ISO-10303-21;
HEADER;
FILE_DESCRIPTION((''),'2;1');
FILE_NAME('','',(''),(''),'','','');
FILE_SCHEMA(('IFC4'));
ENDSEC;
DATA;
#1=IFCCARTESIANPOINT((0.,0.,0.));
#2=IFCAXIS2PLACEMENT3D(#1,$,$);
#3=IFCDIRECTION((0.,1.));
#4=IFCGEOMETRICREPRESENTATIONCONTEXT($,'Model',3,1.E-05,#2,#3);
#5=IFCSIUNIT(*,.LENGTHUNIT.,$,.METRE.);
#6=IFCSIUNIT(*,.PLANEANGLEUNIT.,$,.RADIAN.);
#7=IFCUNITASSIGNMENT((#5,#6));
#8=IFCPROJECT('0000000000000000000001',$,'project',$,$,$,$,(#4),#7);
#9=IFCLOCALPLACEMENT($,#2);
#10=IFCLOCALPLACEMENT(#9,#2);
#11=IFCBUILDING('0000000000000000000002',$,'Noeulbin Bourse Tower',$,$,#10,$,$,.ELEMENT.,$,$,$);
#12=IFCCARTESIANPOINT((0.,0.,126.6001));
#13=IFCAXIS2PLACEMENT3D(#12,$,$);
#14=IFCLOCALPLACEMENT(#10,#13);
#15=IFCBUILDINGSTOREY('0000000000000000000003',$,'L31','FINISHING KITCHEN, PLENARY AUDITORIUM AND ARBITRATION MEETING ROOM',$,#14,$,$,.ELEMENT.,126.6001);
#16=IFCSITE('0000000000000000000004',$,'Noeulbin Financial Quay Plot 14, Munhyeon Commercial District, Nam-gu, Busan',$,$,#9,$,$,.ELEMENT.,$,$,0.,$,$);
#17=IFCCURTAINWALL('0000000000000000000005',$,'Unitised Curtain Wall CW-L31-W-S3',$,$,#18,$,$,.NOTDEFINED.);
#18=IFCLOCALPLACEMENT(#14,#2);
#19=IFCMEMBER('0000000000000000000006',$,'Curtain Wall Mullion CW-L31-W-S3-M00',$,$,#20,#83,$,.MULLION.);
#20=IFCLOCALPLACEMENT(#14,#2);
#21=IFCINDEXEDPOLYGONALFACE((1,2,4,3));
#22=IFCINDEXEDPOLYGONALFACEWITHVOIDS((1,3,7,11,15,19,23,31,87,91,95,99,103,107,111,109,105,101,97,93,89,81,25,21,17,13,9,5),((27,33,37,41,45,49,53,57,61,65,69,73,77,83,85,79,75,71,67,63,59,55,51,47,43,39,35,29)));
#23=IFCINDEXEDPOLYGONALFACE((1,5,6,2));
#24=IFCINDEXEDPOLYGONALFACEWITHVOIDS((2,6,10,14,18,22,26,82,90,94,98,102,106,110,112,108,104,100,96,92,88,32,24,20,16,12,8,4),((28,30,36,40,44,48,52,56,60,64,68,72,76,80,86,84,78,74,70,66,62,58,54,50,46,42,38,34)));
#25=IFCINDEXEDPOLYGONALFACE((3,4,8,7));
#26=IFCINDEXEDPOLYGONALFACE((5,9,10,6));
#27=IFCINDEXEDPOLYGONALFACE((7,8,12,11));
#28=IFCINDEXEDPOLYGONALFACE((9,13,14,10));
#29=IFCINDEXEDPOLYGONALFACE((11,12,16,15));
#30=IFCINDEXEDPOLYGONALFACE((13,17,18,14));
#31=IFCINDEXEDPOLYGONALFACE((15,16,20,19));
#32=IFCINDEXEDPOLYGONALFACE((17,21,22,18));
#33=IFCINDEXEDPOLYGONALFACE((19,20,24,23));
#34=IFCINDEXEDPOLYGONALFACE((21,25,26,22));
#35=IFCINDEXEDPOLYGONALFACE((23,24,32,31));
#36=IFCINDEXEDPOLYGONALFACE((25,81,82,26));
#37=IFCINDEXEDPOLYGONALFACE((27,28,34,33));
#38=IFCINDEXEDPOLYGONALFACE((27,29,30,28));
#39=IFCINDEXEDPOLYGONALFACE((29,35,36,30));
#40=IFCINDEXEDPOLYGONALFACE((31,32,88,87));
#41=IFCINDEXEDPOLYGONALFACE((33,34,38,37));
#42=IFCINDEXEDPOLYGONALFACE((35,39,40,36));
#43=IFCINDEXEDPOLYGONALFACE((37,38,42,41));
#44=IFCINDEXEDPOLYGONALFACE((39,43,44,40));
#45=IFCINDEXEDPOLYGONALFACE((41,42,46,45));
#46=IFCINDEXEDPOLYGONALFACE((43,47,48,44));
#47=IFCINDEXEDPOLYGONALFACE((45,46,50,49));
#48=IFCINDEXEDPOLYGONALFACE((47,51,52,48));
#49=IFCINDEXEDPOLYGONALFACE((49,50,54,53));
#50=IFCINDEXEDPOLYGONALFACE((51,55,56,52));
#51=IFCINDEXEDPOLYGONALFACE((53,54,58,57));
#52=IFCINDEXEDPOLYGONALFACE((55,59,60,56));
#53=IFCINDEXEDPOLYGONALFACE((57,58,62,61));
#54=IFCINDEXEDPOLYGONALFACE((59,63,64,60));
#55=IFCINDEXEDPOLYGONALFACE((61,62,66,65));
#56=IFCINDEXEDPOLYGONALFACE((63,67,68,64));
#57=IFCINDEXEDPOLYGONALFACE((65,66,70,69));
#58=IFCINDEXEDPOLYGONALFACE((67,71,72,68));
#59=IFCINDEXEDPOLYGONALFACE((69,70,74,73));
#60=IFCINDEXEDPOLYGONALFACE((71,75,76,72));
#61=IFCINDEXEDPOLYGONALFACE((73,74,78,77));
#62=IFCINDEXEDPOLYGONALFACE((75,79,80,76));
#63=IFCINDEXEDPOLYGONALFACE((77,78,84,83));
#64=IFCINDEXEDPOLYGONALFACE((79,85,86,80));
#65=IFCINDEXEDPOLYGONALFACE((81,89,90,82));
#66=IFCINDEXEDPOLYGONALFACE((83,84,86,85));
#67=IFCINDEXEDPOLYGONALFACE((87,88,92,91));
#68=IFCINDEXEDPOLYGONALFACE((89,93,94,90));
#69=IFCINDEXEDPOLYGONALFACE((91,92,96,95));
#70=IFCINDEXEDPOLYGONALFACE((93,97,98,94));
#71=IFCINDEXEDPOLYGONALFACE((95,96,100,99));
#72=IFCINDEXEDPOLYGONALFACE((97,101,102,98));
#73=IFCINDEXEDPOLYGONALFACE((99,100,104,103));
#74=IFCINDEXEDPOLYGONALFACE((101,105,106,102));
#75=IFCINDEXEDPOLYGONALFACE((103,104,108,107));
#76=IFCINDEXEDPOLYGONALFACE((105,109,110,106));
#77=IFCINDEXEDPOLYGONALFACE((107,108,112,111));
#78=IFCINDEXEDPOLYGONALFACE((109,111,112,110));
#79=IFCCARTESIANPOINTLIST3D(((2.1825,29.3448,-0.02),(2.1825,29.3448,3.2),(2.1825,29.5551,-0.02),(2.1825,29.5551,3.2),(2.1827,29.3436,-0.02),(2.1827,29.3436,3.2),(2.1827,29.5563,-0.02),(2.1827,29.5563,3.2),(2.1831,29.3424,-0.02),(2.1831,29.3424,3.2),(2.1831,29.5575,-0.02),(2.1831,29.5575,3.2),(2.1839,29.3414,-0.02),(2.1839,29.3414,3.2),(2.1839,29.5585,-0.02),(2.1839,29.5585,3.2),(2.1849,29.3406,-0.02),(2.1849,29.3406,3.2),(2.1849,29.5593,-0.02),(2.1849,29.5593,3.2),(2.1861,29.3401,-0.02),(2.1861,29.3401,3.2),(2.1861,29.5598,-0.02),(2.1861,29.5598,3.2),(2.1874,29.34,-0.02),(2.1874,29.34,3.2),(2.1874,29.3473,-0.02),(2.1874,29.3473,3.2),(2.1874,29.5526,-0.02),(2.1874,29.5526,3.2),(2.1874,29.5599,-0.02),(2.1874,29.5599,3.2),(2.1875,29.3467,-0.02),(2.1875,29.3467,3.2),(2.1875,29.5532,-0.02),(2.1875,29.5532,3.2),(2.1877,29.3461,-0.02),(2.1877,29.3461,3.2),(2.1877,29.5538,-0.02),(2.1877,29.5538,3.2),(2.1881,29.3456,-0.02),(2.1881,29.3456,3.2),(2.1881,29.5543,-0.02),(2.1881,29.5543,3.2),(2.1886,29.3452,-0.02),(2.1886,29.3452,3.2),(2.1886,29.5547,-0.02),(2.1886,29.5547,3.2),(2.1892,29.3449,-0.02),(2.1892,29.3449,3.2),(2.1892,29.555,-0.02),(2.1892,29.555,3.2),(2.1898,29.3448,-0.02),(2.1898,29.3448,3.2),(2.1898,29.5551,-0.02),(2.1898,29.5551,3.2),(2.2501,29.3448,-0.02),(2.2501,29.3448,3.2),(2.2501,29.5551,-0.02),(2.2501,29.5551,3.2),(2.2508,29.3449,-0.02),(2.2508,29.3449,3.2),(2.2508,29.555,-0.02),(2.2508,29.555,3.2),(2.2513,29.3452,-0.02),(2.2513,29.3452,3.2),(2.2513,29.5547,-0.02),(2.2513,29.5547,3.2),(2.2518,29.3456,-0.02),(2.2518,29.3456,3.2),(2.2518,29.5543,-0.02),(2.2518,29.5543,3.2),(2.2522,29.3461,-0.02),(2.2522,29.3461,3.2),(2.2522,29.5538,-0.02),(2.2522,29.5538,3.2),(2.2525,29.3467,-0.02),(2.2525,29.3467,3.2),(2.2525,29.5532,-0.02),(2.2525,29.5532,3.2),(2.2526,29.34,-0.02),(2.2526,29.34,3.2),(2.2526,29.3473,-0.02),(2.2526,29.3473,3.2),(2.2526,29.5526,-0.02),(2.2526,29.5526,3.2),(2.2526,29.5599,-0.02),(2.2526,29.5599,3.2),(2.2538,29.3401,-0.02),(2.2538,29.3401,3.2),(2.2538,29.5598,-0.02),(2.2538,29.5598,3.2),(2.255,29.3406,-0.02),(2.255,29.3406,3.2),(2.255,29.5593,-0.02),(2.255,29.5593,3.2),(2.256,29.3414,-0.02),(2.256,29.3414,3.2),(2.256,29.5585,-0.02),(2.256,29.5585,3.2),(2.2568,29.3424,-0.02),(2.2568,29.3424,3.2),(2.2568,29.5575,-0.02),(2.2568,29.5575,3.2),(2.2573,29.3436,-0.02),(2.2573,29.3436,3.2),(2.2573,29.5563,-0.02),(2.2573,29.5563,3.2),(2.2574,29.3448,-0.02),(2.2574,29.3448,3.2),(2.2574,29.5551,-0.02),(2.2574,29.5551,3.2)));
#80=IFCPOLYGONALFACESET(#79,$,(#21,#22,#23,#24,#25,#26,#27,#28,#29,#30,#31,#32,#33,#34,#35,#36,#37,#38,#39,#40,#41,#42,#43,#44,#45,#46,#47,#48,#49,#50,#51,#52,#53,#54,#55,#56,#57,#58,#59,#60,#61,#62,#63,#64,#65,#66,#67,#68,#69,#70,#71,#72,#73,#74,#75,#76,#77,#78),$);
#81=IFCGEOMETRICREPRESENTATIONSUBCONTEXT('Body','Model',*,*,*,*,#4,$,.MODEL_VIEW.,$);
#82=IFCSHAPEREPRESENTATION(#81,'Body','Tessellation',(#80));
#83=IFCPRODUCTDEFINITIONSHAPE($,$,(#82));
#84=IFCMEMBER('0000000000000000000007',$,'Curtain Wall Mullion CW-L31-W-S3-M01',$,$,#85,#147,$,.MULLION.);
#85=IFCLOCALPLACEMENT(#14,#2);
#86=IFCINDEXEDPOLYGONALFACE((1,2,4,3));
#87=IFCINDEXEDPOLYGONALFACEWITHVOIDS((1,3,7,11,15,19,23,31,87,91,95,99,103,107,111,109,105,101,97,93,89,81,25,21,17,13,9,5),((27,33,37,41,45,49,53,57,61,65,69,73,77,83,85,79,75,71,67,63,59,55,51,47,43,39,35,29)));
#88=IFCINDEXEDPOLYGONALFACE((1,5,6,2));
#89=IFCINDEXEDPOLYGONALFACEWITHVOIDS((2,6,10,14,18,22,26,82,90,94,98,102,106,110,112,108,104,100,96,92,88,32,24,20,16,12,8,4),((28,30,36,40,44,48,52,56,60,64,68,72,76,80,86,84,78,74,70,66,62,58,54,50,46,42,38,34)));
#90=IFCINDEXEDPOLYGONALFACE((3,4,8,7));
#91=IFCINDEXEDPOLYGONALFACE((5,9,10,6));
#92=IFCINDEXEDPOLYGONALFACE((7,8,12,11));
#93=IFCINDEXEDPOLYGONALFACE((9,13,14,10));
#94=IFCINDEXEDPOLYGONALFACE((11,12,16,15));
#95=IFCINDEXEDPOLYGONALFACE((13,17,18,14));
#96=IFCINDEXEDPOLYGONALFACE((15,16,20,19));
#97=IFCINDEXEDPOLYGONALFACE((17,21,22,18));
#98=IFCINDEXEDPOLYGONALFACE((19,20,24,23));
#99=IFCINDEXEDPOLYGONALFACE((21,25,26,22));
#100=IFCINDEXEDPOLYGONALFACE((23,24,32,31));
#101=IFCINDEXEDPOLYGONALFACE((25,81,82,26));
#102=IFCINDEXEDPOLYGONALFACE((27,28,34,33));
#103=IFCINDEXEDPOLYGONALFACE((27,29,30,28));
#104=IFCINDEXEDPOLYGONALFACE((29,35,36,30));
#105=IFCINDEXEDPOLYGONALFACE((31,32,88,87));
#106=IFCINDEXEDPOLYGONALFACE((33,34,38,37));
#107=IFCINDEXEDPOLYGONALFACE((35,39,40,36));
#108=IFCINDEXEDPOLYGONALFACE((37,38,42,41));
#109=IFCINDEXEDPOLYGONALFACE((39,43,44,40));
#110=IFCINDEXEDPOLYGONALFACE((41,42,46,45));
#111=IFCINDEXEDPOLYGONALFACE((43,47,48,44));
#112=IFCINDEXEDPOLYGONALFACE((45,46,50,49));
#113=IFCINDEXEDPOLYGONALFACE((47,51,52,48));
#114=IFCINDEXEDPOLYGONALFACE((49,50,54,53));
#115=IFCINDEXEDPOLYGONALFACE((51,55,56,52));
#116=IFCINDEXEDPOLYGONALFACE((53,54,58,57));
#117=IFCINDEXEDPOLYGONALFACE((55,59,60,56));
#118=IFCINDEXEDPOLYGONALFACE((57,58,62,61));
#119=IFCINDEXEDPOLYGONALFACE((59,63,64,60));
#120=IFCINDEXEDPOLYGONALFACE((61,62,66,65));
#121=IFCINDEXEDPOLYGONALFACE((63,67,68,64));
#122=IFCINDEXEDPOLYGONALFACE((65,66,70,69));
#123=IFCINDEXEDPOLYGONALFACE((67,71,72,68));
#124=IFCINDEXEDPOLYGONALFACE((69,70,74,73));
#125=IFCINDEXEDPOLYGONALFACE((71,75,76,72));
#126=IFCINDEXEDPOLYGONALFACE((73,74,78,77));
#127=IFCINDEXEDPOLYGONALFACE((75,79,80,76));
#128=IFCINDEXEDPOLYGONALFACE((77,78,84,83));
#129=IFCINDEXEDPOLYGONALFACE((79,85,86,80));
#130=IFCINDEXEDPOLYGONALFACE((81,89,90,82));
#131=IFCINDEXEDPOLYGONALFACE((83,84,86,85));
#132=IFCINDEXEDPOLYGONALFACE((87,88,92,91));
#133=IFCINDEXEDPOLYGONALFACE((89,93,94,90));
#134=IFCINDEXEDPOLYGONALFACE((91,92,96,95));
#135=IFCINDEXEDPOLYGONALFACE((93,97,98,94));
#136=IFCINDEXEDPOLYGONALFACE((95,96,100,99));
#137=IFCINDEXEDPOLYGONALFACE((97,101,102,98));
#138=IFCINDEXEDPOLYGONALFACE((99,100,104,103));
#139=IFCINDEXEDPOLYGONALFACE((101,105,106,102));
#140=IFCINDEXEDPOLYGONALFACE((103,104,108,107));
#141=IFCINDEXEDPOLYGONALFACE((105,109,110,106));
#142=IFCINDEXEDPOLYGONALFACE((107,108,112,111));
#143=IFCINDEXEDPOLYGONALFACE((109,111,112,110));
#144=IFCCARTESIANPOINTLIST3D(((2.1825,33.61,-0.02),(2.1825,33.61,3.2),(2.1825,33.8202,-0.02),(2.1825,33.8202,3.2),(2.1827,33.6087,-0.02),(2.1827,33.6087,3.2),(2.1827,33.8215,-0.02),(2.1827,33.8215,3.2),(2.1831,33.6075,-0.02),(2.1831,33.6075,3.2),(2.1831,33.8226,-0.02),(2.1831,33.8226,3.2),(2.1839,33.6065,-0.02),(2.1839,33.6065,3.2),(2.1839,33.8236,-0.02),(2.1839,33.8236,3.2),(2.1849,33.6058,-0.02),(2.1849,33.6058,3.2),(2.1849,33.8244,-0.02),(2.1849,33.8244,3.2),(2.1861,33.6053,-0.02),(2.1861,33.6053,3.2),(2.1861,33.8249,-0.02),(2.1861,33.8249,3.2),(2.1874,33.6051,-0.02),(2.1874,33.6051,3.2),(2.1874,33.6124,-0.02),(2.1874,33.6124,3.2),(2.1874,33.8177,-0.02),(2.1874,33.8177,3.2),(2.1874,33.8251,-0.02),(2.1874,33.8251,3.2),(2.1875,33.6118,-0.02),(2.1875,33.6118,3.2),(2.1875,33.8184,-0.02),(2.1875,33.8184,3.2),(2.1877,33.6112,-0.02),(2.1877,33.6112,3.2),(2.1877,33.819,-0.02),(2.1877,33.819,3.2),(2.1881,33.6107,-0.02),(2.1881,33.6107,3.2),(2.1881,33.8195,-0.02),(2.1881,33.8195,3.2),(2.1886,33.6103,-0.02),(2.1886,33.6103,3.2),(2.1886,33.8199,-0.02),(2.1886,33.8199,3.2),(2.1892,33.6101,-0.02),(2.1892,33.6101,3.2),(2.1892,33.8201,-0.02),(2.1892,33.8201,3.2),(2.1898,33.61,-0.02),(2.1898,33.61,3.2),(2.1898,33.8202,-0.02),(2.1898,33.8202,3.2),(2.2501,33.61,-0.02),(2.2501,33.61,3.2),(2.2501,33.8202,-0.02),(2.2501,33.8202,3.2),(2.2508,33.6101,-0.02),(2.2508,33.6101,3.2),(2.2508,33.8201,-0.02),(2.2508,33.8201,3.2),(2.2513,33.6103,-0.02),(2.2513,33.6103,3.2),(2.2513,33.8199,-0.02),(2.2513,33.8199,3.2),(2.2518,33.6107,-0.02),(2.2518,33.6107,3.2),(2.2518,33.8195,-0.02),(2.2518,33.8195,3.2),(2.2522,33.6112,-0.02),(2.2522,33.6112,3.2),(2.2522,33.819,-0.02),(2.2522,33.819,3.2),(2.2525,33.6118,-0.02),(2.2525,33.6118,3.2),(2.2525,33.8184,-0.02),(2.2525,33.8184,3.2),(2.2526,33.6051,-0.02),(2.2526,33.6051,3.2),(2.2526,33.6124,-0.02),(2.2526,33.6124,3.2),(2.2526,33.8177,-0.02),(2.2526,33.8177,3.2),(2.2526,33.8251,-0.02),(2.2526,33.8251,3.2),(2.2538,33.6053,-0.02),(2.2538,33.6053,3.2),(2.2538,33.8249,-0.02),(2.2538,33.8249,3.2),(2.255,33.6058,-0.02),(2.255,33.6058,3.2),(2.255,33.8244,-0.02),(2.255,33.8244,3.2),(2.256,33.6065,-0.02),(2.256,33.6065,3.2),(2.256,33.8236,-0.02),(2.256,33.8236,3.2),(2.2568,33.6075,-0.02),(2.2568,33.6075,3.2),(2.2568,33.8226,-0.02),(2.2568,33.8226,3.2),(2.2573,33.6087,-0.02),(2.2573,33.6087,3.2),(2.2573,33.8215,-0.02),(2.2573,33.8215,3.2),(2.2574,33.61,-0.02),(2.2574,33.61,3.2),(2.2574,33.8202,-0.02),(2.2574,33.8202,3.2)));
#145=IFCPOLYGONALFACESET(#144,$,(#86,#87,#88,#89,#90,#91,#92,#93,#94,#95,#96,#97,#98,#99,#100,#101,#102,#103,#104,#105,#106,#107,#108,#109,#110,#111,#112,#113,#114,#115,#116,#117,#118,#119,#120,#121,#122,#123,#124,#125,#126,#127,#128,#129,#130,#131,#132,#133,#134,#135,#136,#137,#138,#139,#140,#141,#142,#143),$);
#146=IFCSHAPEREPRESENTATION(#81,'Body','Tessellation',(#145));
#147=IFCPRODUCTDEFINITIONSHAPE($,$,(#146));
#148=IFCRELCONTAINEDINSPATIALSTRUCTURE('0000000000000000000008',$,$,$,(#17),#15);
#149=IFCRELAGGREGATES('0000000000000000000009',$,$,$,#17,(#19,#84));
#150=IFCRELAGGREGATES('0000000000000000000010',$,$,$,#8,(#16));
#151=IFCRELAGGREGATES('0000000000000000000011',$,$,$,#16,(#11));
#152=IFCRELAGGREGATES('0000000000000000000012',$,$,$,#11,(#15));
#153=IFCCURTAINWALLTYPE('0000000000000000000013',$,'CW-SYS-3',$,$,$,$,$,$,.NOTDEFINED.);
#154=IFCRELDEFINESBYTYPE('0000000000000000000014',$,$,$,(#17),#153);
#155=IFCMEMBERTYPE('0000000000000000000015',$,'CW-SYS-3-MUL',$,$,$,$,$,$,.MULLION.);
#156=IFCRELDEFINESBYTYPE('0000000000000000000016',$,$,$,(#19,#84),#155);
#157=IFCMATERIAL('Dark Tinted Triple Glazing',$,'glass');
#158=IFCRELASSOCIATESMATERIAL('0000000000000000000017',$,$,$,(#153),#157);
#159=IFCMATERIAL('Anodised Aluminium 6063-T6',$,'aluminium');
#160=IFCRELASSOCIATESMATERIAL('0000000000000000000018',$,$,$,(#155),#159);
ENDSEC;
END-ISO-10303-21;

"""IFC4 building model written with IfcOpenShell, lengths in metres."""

from ifc_helpers import new_model, si_unit, direction, frame, origin, origin_2d, place, context, subcontext, project, spatial, hollow_rectangle, extrude, material, material_profile, profile_set, type_object, element, aggregate, save


model = new_model("IFC4")

# Units and contexts
model_context = context("Model", 3, precision=1e-05, world=origin(), true_north=direction((0.0, 1.0)))
body_context = subcontext(model_context, "Body", "Model", "MODEL_VIEW")
ifc_project = project(units=[si_unit("LENGTHUNIT", "METRE"), si_unit("PLANEANGLEUNIT", "RADIAN")], contexts=[model_context])

# Site, building, storey
site_placement = place(None, origin())
site = spatial("IfcSite", under=ifc_project, at=site_placement, Name="Noeulbin Financial Quay Plot 14, Munhyeon Commercial District, Nam-gu, Busan", CompositionType="ELEMENT", RefElevation=0.0)
building_placement = place(site_placement, origin())
building = spatial("IfcBuilding", under=site, at=building_placement, Name="Noeulbin Bourse Tower", CompositionType="ELEMENT")
storey_placement = place(building_placement, frame((0.0, 0.0, 126.6001)))
storey = spatial("IfcBuildingStorey", under=building, at=storey_placement, Name="L31", Description="FINISHING KITCHEN, PLENARY AUDITORIUM AND ARBITRATION MEETING ROOM", CompositionType="ELEMENT", Elevation=126.6001)

# Curtain wall, members
ifc_material_1 = material(Name="Dark Tinted Triple Glazing", Category="glass")
curtain_wall_type = type_object("IfcCurtainWallType", Name="CW-SYS-3", PredefinedType="NOTDEFINED", material=ifc_material_1)
ifc_material_2 = material(Name="Anodised Aluminium 6063-T6", Category="aluminium")
ifc_material_profile_1 = material_profile(ifc_material_2, hollow_rectangle(XDim=0.075, YDim=0.22, WallThickness=0.0049, InnerFilletRadius=0.0024, OuterFilletRadius=0.0049, at=origin_2d()), Name="ALU-MULL-75x220x5", Category="LoadBearing")
ifc_profile_set_1 = profile_set([ifc_material_profile_1], Name="Anodised Aluminium 6063-T6")
member_type_1 = type_object("IfcMemberType", Name="CW-SYS-3-MUL", PredefinedType="MULLION", material=ifc_profile_set_1)
curtain_wall_1_placement = place(storey_placement, origin())
curtain_wall_1 = element("IfcCurtainWall", 1, at=curtain_wall_1_placement, inside=storey, type_object=curtain_wall_type, Name="Unitised Curtain Wall CW-L31-W-S3", PredefinedType="NOTDEFINED")
member_1_placement = place(storey_placement, frame((2.22, 29.45, -0.02), z_axis=(0.0, 0.0, 1.0), x_axis=(1.0, 0.0, 0.0)))
member_1 = element("IfcMember", 2, at=member_1_placement, type_object=member_type_1, Name="Curtain Wall Mullion CW-L31-W-S3-M00", PredefinedType="MULLION", context=body_context, shape_type="SweptSolid", body=[
    extrude(hollow_rectangle(XDim=0.075, YDim=0.22, WallThickness=0.0049, InnerFilletRadius=0.0024, OuterFilletRadius=0.0049, at=origin_2d()), origin(), (0.0, 0.0, 1.0), 3.22),
])
member_2_placement = place(storey_placement, frame((2.22, 33.7151, -0.02), z_axis=(0.0, 0.0, 1.0), x_axis=(1.0, 0.0, 0.0)))
member_2 = element("IfcMember", 3, at=member_2_placement, type_object=member_type_1, Name="Curtain Wall Mullion CW-L31-W-S3-M01", PredefinedType="MULLION", context=body_context, shape_type="SweptSolid", body=[
    extrude(hollow_rectangle(XDim=0.075, YDim=0.22, WallThickness=0.0049, InnerFilletRadius=0.0024, OuterFilletRadius=0.0049, at=origin_2d()), origin(), (0.0, 0.0, 1.0), 3.22),
])

aggregate(curtain_wall_1, [member_1, member_2])

save(model, "model.ifc")
